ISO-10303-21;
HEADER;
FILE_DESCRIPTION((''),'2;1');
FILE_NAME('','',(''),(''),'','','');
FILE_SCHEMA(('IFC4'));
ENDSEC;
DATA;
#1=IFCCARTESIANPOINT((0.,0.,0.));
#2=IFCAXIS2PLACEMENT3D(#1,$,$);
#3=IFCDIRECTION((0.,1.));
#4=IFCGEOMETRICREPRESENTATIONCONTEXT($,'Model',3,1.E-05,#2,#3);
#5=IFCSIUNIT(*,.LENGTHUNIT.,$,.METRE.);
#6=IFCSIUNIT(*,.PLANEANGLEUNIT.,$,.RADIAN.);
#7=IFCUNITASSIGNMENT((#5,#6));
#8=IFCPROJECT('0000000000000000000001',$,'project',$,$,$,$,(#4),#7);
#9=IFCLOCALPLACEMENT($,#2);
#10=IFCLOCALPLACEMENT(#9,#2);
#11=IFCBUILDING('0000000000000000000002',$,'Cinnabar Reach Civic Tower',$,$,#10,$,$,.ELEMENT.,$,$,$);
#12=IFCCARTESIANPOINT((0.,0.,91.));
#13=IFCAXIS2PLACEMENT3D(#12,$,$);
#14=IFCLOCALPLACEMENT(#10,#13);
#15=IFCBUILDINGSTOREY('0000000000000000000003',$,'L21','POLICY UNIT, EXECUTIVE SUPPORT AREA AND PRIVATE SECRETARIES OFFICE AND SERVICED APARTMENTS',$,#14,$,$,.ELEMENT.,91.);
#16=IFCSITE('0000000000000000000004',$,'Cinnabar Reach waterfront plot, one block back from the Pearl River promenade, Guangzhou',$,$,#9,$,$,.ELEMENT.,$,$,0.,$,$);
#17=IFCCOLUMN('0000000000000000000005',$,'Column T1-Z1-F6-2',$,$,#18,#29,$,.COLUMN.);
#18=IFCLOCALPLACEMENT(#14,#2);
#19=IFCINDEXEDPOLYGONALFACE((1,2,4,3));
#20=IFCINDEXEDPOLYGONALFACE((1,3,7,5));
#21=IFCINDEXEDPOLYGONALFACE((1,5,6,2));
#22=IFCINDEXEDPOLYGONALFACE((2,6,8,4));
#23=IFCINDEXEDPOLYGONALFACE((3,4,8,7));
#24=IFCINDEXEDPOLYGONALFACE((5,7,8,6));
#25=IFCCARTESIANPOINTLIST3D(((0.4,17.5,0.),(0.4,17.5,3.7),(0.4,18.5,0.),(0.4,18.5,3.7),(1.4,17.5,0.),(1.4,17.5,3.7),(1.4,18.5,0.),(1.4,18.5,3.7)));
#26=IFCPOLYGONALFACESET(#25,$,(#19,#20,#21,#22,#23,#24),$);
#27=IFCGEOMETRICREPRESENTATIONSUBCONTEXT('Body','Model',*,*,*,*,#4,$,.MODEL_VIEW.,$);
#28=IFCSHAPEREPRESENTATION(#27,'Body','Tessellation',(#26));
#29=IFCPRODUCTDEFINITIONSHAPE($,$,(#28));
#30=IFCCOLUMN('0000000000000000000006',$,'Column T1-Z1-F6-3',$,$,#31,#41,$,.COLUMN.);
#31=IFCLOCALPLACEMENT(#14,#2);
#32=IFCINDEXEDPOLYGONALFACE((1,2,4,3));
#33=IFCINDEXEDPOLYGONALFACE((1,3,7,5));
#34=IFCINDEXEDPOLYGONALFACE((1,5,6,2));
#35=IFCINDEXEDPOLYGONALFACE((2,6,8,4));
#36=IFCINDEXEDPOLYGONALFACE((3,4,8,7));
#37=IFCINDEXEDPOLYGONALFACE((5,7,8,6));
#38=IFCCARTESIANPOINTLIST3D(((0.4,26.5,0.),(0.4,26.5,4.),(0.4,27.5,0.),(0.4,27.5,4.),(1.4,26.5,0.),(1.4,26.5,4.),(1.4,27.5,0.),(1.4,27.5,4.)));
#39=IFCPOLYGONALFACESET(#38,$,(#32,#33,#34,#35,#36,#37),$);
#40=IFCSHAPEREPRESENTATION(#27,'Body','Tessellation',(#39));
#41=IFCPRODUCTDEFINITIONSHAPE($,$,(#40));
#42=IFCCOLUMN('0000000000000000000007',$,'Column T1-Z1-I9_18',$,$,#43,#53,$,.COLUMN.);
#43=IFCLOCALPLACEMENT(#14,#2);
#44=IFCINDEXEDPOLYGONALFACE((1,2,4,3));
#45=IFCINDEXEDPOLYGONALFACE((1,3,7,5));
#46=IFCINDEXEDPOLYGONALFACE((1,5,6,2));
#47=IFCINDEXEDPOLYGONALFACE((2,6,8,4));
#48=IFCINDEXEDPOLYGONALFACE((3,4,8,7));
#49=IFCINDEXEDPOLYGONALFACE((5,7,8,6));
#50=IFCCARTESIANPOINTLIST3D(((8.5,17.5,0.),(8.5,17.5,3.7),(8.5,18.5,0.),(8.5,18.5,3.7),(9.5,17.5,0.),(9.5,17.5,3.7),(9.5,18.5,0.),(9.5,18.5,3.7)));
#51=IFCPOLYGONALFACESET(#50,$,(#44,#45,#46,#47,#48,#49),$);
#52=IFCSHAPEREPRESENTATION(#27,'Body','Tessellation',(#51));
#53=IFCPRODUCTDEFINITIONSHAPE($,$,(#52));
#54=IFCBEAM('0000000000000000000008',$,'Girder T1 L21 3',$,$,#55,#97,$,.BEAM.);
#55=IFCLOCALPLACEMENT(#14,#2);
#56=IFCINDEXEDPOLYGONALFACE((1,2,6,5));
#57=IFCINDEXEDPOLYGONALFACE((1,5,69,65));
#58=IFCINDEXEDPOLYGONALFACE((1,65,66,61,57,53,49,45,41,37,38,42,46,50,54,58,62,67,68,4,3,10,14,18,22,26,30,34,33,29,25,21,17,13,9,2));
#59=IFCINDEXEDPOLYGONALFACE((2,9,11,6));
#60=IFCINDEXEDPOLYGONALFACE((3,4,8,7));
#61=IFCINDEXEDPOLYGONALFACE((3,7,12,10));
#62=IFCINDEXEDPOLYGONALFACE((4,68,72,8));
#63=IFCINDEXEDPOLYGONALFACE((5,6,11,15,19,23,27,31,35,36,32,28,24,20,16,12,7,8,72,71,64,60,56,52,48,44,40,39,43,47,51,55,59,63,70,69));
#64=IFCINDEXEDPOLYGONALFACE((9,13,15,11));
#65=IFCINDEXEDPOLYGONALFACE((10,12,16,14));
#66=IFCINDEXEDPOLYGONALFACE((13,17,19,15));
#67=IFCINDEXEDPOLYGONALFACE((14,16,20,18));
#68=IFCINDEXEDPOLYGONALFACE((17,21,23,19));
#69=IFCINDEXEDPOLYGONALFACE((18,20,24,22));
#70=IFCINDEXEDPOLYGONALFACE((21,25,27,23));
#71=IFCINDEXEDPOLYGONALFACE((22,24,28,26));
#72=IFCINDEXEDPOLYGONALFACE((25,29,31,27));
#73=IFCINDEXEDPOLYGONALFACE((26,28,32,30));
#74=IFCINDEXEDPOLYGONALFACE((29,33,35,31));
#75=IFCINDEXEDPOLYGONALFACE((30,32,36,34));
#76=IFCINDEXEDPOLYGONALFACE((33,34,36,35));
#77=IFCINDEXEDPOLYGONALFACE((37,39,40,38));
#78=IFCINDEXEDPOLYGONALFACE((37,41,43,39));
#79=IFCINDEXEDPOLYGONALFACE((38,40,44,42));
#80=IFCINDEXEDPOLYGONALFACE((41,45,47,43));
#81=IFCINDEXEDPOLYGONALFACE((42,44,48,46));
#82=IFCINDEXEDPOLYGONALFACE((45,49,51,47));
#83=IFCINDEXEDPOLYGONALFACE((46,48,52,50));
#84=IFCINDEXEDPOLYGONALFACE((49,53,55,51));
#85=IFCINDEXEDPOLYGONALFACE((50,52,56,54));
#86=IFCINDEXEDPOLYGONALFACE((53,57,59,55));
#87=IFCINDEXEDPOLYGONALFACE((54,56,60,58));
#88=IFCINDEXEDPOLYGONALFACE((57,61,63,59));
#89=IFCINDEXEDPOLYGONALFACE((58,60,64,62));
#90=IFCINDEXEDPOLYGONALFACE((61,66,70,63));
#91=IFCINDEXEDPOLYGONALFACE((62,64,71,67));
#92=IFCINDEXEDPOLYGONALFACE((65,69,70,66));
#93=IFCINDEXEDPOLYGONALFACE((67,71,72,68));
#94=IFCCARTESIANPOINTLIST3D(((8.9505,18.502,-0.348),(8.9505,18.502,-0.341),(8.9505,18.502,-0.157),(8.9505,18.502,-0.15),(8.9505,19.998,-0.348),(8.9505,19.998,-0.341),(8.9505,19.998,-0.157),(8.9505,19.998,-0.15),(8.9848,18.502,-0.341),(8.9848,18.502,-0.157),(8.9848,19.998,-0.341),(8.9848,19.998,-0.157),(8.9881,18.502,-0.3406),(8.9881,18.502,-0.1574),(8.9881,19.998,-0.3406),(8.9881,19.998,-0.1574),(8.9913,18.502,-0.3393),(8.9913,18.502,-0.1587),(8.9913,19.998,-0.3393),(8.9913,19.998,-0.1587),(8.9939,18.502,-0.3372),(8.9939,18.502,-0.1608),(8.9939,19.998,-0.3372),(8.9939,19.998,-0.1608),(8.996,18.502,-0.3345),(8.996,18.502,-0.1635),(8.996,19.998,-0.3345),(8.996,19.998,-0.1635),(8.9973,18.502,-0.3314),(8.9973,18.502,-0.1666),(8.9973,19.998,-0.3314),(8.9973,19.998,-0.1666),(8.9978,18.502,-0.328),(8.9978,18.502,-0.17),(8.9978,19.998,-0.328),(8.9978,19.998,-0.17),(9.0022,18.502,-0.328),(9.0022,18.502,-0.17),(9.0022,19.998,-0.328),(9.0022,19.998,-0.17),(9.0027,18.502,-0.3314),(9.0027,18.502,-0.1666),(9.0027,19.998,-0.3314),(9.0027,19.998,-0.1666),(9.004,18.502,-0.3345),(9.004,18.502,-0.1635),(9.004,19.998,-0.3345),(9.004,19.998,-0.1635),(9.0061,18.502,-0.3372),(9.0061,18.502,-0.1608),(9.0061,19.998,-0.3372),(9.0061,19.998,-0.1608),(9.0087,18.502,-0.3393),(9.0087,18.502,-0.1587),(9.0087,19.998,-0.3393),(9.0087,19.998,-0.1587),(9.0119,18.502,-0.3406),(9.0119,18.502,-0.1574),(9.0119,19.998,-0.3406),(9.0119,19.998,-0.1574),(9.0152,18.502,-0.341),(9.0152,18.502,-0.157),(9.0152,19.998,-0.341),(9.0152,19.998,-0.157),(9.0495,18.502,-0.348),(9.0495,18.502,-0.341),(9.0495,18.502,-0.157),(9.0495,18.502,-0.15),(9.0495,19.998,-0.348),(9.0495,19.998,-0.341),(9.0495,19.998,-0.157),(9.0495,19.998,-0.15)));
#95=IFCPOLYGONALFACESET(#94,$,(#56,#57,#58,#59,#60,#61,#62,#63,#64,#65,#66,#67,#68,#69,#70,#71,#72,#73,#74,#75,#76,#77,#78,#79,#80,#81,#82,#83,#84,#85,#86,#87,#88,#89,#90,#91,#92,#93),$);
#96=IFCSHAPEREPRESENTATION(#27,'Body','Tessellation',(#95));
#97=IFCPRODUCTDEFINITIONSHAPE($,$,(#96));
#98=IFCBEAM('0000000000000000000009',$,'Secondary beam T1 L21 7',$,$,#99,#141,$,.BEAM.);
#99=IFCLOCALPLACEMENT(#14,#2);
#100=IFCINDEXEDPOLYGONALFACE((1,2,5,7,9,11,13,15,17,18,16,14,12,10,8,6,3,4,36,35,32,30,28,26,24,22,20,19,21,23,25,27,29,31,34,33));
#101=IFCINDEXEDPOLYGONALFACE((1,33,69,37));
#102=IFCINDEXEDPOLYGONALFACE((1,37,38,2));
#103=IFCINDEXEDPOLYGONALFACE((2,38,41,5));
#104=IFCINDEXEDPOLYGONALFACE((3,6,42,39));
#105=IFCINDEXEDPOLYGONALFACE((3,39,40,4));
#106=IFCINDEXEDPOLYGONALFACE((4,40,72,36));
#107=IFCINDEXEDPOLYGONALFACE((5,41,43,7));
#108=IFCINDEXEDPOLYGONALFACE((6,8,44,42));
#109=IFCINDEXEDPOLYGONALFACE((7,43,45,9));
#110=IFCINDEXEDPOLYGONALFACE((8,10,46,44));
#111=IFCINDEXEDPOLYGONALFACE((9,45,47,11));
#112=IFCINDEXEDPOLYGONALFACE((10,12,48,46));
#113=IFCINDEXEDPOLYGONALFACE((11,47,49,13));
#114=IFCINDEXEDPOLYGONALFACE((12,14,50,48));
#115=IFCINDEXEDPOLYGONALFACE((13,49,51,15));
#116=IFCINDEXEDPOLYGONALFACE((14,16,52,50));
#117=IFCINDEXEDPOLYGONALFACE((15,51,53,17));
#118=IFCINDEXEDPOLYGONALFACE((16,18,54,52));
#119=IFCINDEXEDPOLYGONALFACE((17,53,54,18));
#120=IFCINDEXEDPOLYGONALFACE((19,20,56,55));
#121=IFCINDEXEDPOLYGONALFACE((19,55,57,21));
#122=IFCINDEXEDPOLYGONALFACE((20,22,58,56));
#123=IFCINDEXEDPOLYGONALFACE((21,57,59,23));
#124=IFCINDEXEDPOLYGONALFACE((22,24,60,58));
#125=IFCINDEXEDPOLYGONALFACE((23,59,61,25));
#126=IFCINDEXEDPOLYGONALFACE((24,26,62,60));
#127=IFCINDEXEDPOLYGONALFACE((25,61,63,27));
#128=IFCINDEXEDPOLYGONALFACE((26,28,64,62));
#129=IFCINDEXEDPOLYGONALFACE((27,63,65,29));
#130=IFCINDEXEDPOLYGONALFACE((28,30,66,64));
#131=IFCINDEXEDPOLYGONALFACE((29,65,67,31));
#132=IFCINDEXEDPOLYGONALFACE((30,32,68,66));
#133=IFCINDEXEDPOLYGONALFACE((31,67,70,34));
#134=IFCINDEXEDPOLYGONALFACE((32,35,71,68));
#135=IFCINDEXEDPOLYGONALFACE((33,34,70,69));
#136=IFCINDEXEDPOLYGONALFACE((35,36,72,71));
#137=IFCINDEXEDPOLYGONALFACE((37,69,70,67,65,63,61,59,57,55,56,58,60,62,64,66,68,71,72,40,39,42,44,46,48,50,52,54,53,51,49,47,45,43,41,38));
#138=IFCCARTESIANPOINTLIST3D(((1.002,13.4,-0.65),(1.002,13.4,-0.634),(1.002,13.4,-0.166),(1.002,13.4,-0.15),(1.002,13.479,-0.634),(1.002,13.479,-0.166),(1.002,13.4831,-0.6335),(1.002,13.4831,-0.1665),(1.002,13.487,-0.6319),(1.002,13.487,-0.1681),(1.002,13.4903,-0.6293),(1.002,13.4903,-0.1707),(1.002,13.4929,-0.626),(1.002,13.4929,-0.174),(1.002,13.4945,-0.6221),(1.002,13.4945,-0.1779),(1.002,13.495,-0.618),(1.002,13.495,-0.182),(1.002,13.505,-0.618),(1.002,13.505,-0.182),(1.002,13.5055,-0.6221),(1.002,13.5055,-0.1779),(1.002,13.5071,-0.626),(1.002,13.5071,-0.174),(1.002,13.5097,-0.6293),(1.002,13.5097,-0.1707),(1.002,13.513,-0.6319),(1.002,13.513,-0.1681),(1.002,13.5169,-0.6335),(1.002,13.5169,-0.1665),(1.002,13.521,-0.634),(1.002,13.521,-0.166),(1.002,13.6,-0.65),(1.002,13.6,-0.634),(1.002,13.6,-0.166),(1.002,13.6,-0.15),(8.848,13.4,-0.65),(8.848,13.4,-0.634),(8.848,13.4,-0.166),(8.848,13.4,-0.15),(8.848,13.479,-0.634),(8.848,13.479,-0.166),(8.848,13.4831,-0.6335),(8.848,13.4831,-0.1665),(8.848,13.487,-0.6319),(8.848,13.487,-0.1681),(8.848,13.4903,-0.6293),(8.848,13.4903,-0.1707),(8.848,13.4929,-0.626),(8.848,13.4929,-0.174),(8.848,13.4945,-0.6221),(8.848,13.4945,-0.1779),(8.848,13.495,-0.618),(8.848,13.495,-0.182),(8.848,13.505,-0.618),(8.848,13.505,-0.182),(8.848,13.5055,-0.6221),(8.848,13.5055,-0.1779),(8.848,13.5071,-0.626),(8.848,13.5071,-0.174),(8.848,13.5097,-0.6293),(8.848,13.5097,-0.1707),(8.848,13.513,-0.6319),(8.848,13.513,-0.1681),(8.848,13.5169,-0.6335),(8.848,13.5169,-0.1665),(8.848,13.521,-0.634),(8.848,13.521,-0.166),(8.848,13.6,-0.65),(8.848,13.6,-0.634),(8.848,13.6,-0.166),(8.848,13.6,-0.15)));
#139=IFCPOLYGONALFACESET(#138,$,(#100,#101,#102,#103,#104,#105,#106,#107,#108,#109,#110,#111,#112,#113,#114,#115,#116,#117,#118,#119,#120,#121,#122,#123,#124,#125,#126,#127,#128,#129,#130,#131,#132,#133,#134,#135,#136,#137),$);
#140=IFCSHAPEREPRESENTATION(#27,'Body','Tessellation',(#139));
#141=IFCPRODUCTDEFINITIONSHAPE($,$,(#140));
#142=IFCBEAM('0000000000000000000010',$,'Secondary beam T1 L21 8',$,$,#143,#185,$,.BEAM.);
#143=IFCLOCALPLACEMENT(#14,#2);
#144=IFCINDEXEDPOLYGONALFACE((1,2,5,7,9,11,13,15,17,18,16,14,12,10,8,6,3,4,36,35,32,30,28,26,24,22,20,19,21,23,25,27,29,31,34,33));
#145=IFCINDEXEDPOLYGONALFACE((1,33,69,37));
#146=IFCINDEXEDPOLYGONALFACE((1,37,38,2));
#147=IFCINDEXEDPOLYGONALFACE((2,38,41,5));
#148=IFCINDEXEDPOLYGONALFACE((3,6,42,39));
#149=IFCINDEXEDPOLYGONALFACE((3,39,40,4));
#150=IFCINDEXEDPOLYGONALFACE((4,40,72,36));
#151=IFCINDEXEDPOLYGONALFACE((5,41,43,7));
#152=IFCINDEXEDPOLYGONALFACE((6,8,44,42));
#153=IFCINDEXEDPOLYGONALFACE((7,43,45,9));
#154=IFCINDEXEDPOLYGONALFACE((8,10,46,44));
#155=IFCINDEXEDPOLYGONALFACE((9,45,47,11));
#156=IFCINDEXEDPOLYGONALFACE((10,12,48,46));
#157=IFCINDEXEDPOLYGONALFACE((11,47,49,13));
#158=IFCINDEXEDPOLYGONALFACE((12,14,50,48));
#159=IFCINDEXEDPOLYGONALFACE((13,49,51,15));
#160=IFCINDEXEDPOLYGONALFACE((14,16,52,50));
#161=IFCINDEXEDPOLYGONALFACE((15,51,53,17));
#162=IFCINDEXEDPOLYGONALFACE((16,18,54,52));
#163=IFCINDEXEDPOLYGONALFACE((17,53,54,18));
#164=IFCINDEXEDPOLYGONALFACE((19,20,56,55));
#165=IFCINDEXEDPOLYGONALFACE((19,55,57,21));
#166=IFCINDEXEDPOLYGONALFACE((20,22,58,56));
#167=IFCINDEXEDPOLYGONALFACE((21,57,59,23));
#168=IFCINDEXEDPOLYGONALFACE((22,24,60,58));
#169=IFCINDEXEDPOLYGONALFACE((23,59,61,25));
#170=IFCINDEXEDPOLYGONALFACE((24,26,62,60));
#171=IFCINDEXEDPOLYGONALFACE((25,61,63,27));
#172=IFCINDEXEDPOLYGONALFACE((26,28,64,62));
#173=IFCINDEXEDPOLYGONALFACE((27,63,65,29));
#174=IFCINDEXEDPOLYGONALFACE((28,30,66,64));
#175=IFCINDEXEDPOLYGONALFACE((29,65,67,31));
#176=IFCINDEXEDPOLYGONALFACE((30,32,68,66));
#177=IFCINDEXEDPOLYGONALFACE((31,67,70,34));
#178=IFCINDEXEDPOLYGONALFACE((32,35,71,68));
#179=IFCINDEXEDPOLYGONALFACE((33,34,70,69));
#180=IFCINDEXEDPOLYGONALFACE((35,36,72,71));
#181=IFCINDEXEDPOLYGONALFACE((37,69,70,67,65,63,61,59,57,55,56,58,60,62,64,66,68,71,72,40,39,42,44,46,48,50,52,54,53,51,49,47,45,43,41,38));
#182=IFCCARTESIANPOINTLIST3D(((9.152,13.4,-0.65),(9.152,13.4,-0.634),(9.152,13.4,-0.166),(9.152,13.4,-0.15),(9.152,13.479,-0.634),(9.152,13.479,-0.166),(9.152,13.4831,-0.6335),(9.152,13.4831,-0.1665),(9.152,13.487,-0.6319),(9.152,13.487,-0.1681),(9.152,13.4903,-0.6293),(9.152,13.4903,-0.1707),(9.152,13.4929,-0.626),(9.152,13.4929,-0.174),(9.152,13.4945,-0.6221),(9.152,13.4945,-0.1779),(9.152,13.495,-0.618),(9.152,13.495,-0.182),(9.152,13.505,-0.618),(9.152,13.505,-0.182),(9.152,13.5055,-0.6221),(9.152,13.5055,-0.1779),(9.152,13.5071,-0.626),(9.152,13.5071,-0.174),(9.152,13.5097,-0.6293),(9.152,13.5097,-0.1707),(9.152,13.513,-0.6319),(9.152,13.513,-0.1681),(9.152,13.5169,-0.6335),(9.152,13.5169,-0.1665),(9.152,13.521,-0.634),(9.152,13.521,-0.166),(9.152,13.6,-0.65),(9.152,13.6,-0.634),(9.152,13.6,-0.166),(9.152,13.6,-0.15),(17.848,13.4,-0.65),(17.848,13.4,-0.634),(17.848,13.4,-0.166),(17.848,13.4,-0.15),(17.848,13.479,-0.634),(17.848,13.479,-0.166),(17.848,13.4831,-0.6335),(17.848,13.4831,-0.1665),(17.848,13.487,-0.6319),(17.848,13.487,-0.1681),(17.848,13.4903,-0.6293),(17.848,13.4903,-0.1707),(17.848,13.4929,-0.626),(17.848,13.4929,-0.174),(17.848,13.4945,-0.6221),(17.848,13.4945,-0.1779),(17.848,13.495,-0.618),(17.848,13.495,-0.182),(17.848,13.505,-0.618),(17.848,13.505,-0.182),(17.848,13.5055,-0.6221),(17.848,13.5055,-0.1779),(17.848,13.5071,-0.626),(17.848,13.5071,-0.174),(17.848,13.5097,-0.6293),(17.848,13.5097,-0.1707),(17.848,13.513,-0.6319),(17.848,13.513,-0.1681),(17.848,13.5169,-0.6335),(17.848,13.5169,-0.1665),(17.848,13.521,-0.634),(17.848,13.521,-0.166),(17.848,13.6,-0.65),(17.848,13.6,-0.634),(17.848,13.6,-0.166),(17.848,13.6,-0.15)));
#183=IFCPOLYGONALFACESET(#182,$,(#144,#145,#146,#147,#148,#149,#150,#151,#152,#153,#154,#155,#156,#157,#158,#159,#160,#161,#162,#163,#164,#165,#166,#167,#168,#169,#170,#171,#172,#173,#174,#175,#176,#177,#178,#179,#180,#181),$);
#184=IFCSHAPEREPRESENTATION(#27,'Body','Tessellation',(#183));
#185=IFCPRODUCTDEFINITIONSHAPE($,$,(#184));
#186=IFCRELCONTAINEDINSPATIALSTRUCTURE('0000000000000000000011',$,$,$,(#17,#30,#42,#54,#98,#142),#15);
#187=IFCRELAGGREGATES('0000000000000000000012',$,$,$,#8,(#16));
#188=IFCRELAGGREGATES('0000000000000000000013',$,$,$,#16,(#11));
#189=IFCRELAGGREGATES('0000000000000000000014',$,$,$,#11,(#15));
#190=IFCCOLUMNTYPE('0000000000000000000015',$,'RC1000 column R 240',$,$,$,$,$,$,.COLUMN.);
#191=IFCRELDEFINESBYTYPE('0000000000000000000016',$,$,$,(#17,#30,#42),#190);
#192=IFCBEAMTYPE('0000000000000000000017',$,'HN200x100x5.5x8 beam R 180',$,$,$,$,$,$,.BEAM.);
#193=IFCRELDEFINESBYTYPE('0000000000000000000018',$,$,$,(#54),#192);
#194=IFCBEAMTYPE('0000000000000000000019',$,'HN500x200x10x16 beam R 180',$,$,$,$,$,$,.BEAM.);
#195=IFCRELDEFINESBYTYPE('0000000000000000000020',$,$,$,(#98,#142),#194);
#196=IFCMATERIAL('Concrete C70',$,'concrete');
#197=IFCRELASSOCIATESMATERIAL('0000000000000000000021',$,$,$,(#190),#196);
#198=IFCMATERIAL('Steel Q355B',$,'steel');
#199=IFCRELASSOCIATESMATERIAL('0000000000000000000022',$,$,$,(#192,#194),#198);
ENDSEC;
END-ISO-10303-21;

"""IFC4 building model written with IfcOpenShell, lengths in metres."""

from ifc_helpers import new_model, si_unit, direction, frame, origin, origin_2d, place, context, subcontext, project, spatial, rectangle, i_section, extrude, material, material_profile, profile_set, type_object, element, save


model = new_model("IFC4")

# Units and contexts
model_context = context("Model", 3, precision=1e-05, world=origin(), true_north=direction((0.0, 1.0)))
body_context = subcontext(model_context, "Body", "Model", "MODEL_VIEW")
ifc_project = project(units=[si_unit("LENGTHUNIT", "METRE"), si_unit("PLANEANGLEUNIT", "RADIAN")], contexts=[model_context])

# Site, building, storey
site_placement = place(None, origin())
site = spatial("IfcSite", under=ifc_project, at=site_placement, Name="Cinnabar Reach waterfront plot, one block back from the Pearl River promenade, Guangzhou", CompositionType="ELEMENT", RefElevation=0.0)
building_placement = place(site_placement, origin())
building = spatial("IfcBuilding", under=site, at=building_placement, Name="Cinnabar Reach Civic Tower", CompositionType="ELEMENT")
storey_placement = place(building_placement, frame((0.0, 0.0, 91.0)))
storey = spatial("IfcBuildingStorey", under=building, at=storey_placement, Name="L21", Description="POLICY UNIT, EXECUTIVE SUPPORT AREA AND PRIVATE SECRETARIES OFFICE AND SERVICED APARTMENTS", CompositionType="ELEMENT", Elevation=91.0)

# Columns
ifc_material_1 = material(Name="Concrete C70", Category="concrete")
ifc_material_profile_1 = material_profile(ifc_material_1, rectangle(XDim=1.0, YDim=1.0, at=origin_2d()), Name="RC1000")
ifc_profile_set_1 = profile_set([ifc_material_profile_1], Name="Concrete C70")
column_type = type_object("IfcColumnType", Name="RC1000 column R 240", PredefinedType="COLUMN", material=ifc_profile_set_1)
column_1_placement = place(storey_placement, frame((0.9, 18.0, 0.0), z_axis=(0.0, 0.0, 1.0), x_axis=(1.0, 0.0, 0.0)))
element("IfcColumn", 1, at=column_1_placement, inside=storey, type_object=column_type, Name="Column T1-Z1-F6-2", PredefinedType="COLUMN", context=body_context, shape_type="SweptSolid", body=[
    extrude(rectangle(XDim=1.0, YDim=1.0, at=origin_2d()), origin(), (0.0, 0.0, 1.0), 3.7),
])
column_2_placement = place(storey_placement, frame((0.9, 27.0, 0.0), z_axis=(0.0, 0.0, 1.0), x_axis=(1.0, 0.0, 0.0)))
element("IfcColumn", 2, at=column_2_placement, inside=storey, type_object=column_type, Name="Column T1-Z1-F6-3", PredefinedType="COLUMN", context=body_context, shape_type="SweptSolid", body=[
    extrude(rectangle(XDim=1.0, YDim=1.0, at=origin_2d()), origin(), (0.0, 0.0, 1.0), 4.0),
])
column_3_placement = place(storey_placement, frame((9.0, 18.0, 0.0), z_axis=(0.0, 0.0, 1.0), x_axis=(1.0, 0.0, 0.0)))
element("IfcColumn", 3, at=column_3_placement, inside=storey, type_object=column_type, Name="Column T1-Z1-I9_18", PredefinedType="COLUMN", context=body_context, shape_type="SweptSolid", body=[
    extrude(rectangle(XDim=1.0, YDim=1.0, at=origin_2d()), origin(), (0.0, 0.0, 1.0), 3.7),
])

# Beams
ifc_material_2 = material(Name="Steel Q355B", Category="steel")
ifc_material_profile_2 = material_profile(ifc_material_2, i_section(OverallWidth=0.099, OverallDepth=0.198, WebThickness=0.0045, FlangeThickness=0.007, FilletRadius=0.013, at=origin_2d()), Name="HN200x100x5.5x8")
ifc_profile_set_2 = profile_set([ifc_material_profile_2], Name="Steel Q355B")
beam_type_1 = type_object("IfcBeamType", Name="HN200x100x5.5x8 beam R 180", PredefinedType="BEAM", material=ifc_profile_set_2)
beam_1_placement = place(storey_placement, frame((9.0, 18.502, -0.249), z_axis=(0.0, 1.0, 0.0), x_axis=(-1.0, 0.0, 0.0)))
element("IfcBeam", 4, at=beam_1_placement, inside=storey, type_object=beam_type_1, Name="Girder T1 L21 3", PredefinedType="BEAM", context=body_context, shape_type="SweptSolid", body=[
    extrude(i_section(OverallWidth=0.099, OverallDepth=0.198, WebThickness=0.0045, FlangeThickness=0.007, FilletRadius=0.013, at=origin_2d()), origin(), (0.0, 0.0, 1.0), 1.496),
])
ifc_material_profile_3 = material_profile(ifc_material_2, i_section(OverallWidth=0.2, OverallDepth=0.5, WebThickness=0.01, FlangeThickness=0.016, FilletRadius=0.016, at=origin_2d()), Name="HN500x200x10x16")
ifc_profile_set_3 = profile_set([ifc_material_profile_3], Name="Steel Q355B")
beam_type_2 = type_object("IfcBeamType", Name="HN500x200x10x16 beam R 180", PredefinedType="BEAM", material=ifc_profile_set_3)
beam_2_placement = place(storey_placement, frame((1.002, 13.5, -0.4), z_axis=(1.0, 0.0, 0.0), x_axis=(0.0, 1.0, 0.0)))
element("IfcBeam", 5, at=beam_2_placement, inside=storey, type_object=beam_type_2, Name="Secondary beam T1 L21 7", PredefinedType="BEAM", context=body_context, shape_type="SweptSolid", body=[
    extrude(i_section(OverallWidth=0.2, OverallDepth=0.5, WebThickness=0.01, FlangeThickness=0.016, FilletRadius=0.016, at=origin_2d()), origin(), (0.0, 0.0, 1.0), 7.846),
])
beam_3_placement = place(storey_placement, frame((9.152, 13.5, -0.4), z_axis=(1.0, 0.0, 0.0), x_axis=(0.0, 1.0, 0.0)))
element("IfcBeam", 6, at=beam_3_placement, inside=storey, type_object=beam_type_2, Name="Secondary beam T1 L21 8", PredefinedType="BEAM", context=body_context, shape_type="SweptSolid", body=[
    extrude(i_section(OverallWidth=0.2, OverallDepth=0.5, WebThickness=0.01, FlangeThickness=0.016, FilletRadius=0.016, at=origin_2d()), origin(), (0.0, 0.0, 1.0), 8.696),
])

save(model, "model.ifc")
